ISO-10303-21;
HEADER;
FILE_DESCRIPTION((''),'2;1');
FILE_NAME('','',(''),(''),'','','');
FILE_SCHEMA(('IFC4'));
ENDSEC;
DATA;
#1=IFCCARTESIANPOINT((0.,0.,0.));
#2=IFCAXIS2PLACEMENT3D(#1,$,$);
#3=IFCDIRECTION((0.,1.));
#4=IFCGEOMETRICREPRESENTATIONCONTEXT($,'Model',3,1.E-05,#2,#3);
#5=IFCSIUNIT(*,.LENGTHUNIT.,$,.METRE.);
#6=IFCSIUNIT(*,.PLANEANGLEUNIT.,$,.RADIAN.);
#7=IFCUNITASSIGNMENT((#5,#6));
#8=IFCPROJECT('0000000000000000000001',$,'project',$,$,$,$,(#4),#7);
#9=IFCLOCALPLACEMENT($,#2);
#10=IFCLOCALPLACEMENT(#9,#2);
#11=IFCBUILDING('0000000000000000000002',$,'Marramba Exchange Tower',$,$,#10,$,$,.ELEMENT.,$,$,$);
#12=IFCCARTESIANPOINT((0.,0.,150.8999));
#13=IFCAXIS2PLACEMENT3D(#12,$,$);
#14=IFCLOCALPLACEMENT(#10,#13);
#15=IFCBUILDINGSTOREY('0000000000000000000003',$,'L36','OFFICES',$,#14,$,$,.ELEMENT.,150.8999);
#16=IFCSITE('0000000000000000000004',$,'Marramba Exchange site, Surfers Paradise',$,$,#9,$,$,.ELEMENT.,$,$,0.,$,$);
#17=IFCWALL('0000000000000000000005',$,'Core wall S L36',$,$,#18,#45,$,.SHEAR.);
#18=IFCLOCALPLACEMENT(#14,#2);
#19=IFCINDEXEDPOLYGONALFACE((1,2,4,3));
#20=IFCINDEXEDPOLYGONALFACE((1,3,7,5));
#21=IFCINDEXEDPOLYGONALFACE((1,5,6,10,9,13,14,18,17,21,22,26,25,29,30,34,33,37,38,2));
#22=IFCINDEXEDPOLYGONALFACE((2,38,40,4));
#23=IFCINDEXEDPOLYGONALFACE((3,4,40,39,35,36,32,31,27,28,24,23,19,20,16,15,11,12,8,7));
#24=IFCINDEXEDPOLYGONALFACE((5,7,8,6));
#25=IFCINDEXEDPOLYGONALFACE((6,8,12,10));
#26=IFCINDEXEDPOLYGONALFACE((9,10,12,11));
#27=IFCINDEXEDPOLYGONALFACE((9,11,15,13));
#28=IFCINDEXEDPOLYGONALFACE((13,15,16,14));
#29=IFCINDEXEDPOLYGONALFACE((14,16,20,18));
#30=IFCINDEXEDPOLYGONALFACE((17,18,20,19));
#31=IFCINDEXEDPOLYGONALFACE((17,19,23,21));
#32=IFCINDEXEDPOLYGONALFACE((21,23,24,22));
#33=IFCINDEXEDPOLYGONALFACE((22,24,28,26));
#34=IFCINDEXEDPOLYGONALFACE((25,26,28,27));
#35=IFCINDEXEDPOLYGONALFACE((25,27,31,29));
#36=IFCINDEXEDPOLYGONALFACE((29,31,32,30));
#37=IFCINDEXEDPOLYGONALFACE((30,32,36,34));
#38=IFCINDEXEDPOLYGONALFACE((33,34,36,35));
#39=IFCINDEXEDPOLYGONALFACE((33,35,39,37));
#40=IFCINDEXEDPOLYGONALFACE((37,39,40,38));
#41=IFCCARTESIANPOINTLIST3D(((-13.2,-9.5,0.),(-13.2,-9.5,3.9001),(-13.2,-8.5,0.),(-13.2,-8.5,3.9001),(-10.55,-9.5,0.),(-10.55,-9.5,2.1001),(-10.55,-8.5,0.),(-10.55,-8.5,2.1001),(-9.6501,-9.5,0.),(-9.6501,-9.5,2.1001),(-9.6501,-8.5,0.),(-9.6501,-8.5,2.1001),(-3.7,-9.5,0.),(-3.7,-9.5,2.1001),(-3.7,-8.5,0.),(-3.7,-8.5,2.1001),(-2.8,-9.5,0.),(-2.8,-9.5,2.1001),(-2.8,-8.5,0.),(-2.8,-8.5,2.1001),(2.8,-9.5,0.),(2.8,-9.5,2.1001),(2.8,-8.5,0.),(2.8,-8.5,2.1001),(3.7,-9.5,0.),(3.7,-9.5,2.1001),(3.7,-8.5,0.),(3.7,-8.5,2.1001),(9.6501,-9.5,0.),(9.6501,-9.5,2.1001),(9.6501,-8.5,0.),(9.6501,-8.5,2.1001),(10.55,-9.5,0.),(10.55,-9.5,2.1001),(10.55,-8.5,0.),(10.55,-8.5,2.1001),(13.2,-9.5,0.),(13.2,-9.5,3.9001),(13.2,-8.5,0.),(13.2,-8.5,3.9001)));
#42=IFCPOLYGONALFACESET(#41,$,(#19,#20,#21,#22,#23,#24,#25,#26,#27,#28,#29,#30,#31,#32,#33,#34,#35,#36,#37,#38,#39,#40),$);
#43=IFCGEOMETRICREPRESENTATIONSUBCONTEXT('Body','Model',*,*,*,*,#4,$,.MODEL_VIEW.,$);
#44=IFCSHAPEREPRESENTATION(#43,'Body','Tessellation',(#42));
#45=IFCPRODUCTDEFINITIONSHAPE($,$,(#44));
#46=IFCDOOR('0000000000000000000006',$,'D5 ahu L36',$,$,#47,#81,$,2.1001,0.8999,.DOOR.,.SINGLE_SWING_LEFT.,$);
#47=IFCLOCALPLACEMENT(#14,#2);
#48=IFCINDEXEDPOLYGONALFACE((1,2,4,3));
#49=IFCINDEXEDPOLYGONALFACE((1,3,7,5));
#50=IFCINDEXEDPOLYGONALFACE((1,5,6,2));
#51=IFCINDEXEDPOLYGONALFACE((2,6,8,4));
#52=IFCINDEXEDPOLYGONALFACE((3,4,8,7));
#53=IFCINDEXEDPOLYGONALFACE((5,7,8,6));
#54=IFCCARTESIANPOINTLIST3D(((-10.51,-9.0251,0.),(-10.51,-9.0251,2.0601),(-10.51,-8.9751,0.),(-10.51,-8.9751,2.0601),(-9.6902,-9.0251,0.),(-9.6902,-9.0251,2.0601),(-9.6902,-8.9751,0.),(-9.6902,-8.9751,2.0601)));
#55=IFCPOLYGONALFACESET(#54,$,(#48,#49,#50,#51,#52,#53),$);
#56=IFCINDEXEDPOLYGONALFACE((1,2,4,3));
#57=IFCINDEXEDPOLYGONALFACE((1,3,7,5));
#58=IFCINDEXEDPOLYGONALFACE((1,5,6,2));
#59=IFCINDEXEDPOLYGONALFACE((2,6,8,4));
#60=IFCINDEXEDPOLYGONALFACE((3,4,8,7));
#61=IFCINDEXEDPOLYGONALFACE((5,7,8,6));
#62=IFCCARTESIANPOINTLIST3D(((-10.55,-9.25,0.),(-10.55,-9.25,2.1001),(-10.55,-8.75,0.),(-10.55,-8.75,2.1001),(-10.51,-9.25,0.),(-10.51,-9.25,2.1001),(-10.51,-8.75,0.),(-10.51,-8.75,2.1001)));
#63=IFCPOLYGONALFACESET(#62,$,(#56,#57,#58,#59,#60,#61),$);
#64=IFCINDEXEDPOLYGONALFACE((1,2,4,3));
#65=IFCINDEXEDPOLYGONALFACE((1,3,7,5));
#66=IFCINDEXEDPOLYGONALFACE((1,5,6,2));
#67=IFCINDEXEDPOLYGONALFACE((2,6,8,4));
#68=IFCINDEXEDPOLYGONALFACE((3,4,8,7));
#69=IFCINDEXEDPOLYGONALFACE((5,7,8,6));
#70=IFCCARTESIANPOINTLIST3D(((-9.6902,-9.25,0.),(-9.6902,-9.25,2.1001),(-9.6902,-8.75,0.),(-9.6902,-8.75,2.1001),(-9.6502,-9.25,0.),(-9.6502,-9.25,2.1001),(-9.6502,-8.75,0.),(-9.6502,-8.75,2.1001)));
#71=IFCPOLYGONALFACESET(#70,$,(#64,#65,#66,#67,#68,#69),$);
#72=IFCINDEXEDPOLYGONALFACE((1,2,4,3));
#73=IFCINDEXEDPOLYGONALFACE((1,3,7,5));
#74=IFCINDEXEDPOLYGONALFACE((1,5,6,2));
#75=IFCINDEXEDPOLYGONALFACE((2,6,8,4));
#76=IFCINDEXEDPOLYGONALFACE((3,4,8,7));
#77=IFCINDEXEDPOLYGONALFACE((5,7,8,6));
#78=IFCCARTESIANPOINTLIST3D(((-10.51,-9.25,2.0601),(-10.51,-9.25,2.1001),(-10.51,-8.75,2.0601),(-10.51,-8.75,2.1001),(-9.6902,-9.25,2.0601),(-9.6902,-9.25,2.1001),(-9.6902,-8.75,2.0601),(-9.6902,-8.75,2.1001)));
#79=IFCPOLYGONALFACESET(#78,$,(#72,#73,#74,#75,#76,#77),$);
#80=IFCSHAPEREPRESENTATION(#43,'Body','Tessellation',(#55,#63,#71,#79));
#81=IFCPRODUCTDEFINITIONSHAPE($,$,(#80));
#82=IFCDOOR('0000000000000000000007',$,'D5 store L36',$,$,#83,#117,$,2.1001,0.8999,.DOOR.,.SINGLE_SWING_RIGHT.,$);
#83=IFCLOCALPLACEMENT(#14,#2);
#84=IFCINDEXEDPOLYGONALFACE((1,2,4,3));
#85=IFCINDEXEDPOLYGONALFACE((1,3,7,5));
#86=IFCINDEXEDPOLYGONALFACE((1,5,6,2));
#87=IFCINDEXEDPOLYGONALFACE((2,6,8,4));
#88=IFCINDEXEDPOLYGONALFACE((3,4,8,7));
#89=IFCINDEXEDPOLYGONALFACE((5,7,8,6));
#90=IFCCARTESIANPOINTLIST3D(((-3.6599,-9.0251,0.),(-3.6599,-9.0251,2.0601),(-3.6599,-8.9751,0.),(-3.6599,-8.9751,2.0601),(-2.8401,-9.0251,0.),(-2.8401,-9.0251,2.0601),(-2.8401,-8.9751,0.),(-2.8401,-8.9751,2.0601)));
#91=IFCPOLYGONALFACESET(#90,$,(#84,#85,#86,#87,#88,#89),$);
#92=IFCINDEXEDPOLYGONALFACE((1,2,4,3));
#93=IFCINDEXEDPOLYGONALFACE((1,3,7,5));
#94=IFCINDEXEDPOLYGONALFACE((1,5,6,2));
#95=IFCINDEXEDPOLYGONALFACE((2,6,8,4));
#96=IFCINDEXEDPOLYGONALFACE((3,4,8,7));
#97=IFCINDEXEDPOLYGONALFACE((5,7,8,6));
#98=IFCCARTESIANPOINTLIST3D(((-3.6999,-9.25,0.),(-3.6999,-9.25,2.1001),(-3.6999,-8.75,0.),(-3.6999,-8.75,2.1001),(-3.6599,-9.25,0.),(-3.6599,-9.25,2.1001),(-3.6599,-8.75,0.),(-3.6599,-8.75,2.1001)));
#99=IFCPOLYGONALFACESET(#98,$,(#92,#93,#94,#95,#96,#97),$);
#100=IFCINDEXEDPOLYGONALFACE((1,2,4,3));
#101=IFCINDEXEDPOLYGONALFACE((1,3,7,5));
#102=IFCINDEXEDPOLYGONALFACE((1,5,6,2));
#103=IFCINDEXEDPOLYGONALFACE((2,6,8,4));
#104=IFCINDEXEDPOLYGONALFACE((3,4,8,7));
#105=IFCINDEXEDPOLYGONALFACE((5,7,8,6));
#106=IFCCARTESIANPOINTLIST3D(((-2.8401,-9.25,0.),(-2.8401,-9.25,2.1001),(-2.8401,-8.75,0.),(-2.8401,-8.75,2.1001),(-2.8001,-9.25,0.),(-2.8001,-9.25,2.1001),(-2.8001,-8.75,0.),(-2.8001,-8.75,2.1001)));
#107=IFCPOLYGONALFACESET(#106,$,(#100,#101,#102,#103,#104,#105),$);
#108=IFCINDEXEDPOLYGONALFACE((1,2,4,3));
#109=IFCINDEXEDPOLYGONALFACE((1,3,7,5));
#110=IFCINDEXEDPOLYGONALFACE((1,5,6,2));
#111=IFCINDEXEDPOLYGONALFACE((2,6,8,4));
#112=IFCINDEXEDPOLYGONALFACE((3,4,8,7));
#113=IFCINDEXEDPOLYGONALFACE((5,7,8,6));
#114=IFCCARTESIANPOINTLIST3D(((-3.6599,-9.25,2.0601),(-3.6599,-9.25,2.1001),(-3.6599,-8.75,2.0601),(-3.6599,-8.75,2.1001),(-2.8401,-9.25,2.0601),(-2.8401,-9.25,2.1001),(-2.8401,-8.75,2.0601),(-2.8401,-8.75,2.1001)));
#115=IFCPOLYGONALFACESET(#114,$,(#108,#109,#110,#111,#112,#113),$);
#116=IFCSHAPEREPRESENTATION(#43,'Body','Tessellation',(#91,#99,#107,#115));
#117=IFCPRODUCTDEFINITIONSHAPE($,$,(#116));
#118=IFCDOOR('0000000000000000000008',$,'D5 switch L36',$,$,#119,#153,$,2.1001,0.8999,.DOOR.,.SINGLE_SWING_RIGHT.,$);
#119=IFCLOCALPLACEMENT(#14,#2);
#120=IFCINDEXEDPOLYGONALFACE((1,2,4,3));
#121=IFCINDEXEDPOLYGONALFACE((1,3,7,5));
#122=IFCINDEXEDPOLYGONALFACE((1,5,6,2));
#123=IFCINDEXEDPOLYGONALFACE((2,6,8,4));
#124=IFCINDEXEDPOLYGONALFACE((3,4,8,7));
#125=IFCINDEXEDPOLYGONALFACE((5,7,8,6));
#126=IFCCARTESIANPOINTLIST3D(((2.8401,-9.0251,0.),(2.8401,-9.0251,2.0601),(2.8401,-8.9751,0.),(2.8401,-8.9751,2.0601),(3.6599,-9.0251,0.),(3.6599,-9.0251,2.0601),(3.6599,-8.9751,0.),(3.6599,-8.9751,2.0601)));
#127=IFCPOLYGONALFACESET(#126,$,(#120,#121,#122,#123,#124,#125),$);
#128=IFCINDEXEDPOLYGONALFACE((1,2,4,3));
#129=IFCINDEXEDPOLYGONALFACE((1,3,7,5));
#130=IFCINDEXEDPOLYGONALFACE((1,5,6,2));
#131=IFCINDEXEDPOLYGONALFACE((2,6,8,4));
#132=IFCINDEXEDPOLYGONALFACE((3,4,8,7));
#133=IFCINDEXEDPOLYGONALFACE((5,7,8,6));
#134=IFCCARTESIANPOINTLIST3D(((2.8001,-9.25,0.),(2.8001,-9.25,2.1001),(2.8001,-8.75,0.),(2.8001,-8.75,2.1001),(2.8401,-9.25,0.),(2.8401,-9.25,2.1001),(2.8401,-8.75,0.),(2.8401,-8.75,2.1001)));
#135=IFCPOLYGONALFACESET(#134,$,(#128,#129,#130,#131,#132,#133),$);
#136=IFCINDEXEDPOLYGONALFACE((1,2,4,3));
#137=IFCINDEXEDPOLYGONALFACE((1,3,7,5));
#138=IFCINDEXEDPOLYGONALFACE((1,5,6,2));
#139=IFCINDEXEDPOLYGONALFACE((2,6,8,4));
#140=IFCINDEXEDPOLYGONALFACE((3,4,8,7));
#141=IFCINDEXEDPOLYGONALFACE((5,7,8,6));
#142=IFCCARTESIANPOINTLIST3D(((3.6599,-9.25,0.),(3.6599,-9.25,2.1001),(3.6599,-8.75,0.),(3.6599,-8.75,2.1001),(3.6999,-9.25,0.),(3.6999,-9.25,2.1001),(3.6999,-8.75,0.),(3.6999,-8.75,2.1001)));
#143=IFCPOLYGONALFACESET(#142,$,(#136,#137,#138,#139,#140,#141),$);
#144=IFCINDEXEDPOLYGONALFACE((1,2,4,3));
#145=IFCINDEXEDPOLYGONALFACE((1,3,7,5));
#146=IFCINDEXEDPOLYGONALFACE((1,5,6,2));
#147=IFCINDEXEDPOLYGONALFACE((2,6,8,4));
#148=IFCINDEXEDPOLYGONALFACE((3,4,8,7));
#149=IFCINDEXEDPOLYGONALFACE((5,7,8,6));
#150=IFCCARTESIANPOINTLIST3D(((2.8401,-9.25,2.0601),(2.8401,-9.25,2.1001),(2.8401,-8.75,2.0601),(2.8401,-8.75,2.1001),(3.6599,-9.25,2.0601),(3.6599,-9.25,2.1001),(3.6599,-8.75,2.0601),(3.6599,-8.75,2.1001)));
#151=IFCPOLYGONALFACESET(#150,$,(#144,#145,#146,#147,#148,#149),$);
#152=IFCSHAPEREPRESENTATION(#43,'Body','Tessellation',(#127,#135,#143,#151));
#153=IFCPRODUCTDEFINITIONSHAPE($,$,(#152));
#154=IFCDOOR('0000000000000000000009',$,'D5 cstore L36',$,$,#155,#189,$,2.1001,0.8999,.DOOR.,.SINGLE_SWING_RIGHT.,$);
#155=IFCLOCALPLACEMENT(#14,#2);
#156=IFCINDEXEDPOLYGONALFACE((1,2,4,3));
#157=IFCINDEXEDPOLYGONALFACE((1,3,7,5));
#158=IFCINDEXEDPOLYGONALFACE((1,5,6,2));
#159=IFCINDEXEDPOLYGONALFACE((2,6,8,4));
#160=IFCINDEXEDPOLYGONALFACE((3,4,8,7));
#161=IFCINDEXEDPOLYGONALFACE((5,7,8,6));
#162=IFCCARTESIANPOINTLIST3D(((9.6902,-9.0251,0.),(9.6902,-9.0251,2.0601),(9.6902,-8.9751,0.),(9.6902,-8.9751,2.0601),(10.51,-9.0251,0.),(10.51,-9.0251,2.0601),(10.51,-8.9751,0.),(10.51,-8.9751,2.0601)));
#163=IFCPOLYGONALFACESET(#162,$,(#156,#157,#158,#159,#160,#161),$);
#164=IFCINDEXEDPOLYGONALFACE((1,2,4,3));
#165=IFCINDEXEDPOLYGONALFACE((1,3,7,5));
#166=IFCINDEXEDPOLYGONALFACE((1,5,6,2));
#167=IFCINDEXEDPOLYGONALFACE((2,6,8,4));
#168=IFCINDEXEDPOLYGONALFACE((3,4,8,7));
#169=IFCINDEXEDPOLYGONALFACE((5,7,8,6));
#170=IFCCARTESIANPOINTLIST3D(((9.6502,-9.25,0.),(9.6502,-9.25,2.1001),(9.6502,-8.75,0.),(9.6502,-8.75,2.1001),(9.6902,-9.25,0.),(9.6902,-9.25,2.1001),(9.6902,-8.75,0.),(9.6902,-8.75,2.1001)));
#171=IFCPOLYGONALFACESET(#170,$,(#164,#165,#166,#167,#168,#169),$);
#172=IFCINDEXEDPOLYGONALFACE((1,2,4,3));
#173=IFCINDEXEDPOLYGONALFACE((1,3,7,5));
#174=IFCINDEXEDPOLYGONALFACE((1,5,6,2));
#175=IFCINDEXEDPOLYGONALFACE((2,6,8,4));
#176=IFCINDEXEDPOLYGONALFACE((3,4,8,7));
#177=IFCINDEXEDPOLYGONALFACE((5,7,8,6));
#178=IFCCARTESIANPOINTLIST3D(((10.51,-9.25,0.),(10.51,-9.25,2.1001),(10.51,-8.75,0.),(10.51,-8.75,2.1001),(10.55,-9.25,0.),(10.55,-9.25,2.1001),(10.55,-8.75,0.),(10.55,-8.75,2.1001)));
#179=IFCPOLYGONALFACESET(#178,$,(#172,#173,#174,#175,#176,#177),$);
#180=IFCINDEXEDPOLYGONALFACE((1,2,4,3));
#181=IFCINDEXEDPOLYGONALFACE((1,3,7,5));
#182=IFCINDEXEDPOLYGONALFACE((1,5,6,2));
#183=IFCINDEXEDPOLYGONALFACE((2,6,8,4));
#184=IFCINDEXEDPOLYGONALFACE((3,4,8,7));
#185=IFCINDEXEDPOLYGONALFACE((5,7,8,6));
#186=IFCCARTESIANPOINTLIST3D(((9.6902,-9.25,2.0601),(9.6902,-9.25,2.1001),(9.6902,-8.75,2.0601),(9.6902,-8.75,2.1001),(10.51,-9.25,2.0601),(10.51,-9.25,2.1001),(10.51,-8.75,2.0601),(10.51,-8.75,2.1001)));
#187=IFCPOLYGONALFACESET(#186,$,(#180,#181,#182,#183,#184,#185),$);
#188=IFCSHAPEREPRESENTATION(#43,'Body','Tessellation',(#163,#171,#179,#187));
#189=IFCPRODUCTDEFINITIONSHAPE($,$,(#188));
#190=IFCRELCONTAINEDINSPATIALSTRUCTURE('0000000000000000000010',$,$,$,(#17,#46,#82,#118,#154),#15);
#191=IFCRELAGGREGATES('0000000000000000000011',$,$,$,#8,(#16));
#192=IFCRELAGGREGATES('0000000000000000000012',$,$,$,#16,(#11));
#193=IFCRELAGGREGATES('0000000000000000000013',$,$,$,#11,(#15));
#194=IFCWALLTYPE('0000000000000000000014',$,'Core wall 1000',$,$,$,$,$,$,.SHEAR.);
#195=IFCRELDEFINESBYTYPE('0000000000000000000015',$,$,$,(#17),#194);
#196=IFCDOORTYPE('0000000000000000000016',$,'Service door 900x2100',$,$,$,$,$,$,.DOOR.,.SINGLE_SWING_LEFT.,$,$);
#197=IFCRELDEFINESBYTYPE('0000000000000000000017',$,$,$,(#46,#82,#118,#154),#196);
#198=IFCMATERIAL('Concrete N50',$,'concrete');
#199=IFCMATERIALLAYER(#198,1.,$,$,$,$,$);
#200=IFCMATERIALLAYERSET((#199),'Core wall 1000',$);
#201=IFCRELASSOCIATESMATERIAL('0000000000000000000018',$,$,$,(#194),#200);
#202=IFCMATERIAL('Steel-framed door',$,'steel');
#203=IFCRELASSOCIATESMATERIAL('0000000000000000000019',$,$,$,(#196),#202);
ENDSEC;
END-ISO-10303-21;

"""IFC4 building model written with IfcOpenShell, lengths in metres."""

from ifc_helpers import new_model, si_unit, direction, frame, frame_2d, origin, place, context, subcontext, project, spatial, rectangle, extrude, material, layer, layer_set, type_object, element, fill, save


model = new_model("IFC4")

# Units and contexts
model_context = context("Model", 3, precision=1e-05, world=origin(), true_north=direction((0.0, 1.0)))
body_context = subcontext(model_context, "Body", "Model", "MODEL_VIEW")
ifc_project = project(units=[si_unit("LENGTHUNIT", "METRE"), si_unit("PLANEANGLEUNIT", "RADIAN")], contexts=[model_context])

# Site, building, storey
site_placement = place(None, origin())
site = spatial("IfcSite", under=ifc_project, at=site_placement, Name="Marramba Exchange site, Surfers Paradise", CompositionType="ELEMENT", RefElevation=0.0)
building_placement = place(site_placement, origin())
building = spatial("IfcBuilding", under=site, at=building_placement, Name="Marramba Exchange Tower", CompositionType="ELEMENT")
storey_placement = place(building_placement, frame((0.0, 0.0, 150.8999)))
storey = spatial("IfcBuildingStorey", under=building, at=storey_placement, Name="L36", Description="OFFICES", CompositionType="ELEMENT", Elevation=150.8999)

# Shared definitions
ifc_material_1 = material(Name="Concrete N50", Category="concrete")

# Wall, openings, doors
ifc_layer_1 = layer(ifc_material_1, 1.0)
ifc_layer_set_1 = layer_set([ifc_layer_1], Name="Core wall 1000")
wall_type_1 = type_object("IfcWallType", Name="Core wall 1000", PredefinedType="SHEAR", material=ifc_layer_set_1)
wall_1_placement = place(storey_placement, frame((-13.2, -9.0, 0.0), z_axis=(0.0, 0.0, 1.0), x_axis=(1.0, 0.0, 0.0)))
wall_1 = element("IfcWall", 1, at=wall_1_placement, inside=storey, type_object=wall_type_1, Name="Core wall S L36", PredefinedType="SHEAR", context=body_context, shape_type="SweptSolid", body=[
    extrude(rectangle(XDim=26.3999, YDim=1.0, at=frame_2d((13.2, 0.0))), origin(), (0.0, 0.0, 1.0), 3.9001),
])
opening_1_placement = place(wall_1_placement, frame((2.6499, 0.0, 0.0)))
opening_1 = element("IfcOpeningElement", 2, at=opening_1_placement, cuts=wall_1, PredefinedType="OPENING", context=body_context, shape_type="SweptSolid", body=[
    extrude(rectangle(XDim=0.8999, YDim=2.1001, at=frame_2d((0.45, 1.05))), frame((0.0, 0.51, 0.0), z_axis=(0.0, -1.0, 0.0), x_axis=(1.0, 0.0, 0.0)), (0.0, 0.0, 1.0), 1.02),
])
opening_2_placement = place(wall_1_placement, frame((9.5, 0.0, 0.0)))
opening_2 = element("IfcOpeningElement", 3, at=opening_2_placement, cuts=wall_1, PredefinedType="OPENING", context=body_context, shape_type="SweptSolid", body=[
    extrude(rectangle(XDim=0.8999, YDim=2.1001, at=frame_2d((0.45, 1.05))), frame((0.0, 0.51, 0.0), z_axis=(0.0, -1.0, 0.0), x_axis=(1.0, 0.0, 0.0)), (0.0, 0.0, 1.0), 1.02),
])
opening_3_placement = place(wall_1_placement, frame((16.0, 0.0, 0.0)))
opening_3 = element("IfcOpeningElement", 4, at=opening_3_placement, cuts=wall_1, PredefinedType="OPENING", context=body_context, shape_type="SweptSolid", body=[
    extrude(rectangle(XDim=0.8999, YDim=2.1001, at=frame_2d((0.45, 1.05))), frame((0.0, 0.51, 0.0), z_axis=(0.0, -1.0, 0.0), x_axis=(1.0, 0.0, 0.0)), (0.0, 0.0, 1.0), 1.02),
])
opening_4_placement = place(wall_1_placement, frame((22.8501, 0.0, 0.0)))
opening_4 = element("IfcOpeningElement", 5, at=opening_4_placement, cuts=wall_1, PredefinedType="OPENING", context=body_context, shape_type="SweptSolid", body=[
    extrude(rectangle(XDim=0.8999, YDim=2.1001, at=frame_2d((0.45, 1.05))), frame((0.0, 0.51, 0.0), z_axis=(0.0, -1.0, 0.0), x_axis=(1.0, 0.0, 0.0)), (0.0, 0.0, 1.0), 1.02),
])
ifc_material_2 = material(Name="Steel-framed door", Category="steel")
door_type_1 = type_object("IfcDoorType", Name="Service door 900x2100", OperationType="SINGLE_SWING_LEFT", PredefinedType="DOOR", material=ifc_material_2)
door_1_placement = place(opening_1_placement, origin())
door_1 = element("IfcDoor", 6, at=door_1_placement, inside=storey, type_object=door_type_1, Name="D5 ahu L36", OperationType="SINGLE_SWING_LEFT", OverallHeight=2.1001, OverallWidth=0.8999, PredefinedType="DOOR", context=body_context, shape_type="SweptSolid", body=[
    extrude(rectangle(XDim=0.8198, YDim=2.0601, at=frame_2d((0.45, 1.03))), frame((0.0, 0.0249, 0.0), z_axis=(0.0, -1.0, 0.0), x_axis=(1.0, 0.0, 0.0)), (0.0, 0.0, 1.0), 0.05),
    extrude(rectangle(XDim=0.04, YDim=2.1001, at=frame_2d((0.02, 1.05))), frame((0.0, 0.25, 0.0), z_axis=(0.0, -1.0, 0.0), x_axis=(1.0, 0.0, 0.0)), (0.0, 0.0, 1.0), 0.5),
    extrude(rectangle(XDim=0.04, YDim=2.1001, at=frame_2d((0.8799, 1.05))), frame((0.0, 0.25, 0.0), z_axis=(0.0, -1.0, 0.0), x_axis=(1.0, 0.0, 0.0)), (0.0, 0.0, 1.0), 0.5),
    extrude(rectangle(XDim=0.8198, YDim=0.04, at=frame_2d((0.45, 2.0801))), frame((0.0, 0.25, 0.0), z_axis=(0.0, -1.0, 0.0), x_axis=(1.0, 0.0, 0.0)), (0.0, 0.0, 1.0), 0.5),
])
fill(opening_1, door_1)
door_2_placement = place(opening_2_placement, origin())
door_2 = element("IfcDoor", 7, at=door_2_placement, inside=storey, type_object=door_type_1, Name="D5 store L36", OperationType="SINGLE_SWING_RIGHT", OverallHeight=2.1001, OverallWidth=0.8999, PredefinedType="DOOR", context=body_context, shape_type="SweptSolid", body=[
    extrude(rectangle(XDim=0.8198, YDim=2.0601, at=frame_2d((0.45, 1.03))), frame((0.0, 0.0249, 0.0), z_axis=(0.0, -1.0, 0.0), x_axis=(1.0, 0.0, 0.0)), (0.0, 0.0, 1.0), 0.05),
    extrude(rectangle(XDim=0.04, YDim=2.1001, at=frame_2d((0.02, 1.05))), frame((0.0, 0.25, 0.0), z_axis=(0.0, -1.0, 0.0), x_axis=(1.0, 0.0, 0.0)), (0.0, 0.0, 1.0), 0.5),
    extrude(rectangle(XDim=0.04, YDim=2.1001, at=frame_2d((0.8799, 1.05))), frame((0.0, 0.25, 0.0), z_axis=(0.0, -1.0, 0.0), x_axis=(1.0, 0.0, 0.0)), (0.0, 0.0, 1.0), 0.5),
    extrude(rectangle(XDim=0.8198, YDim=0.04, at=frame_2d((0.45, 2.0801))), frame((0.0, 0.25, 0.0), z_axis=(0.0, -1.0, 0.0), x_axis=(1.0, 0.0, 0.0)), (0.0, 0.0, 1.0), 0.5),
])
fill(opening_2, door_2)
door_3_placement = place(opening_3_placement, origin())
door_3 = element("IfcDoor", 8, at=door_3_placement, inside=storey, type_object=door_type_1, Name="D5 switch L36", OperationType="SINGLE_SWING_RIGHT", OverallHeight=2.1001, OverallWidth=0.8999, PredefinedType="DOOR", context=body_context, shape_type="SweptSolid", body=[
    extrude(rectangle(XDim=0.8198, YDim=2.0601, at=frame_2d((0.45, 1.03))), frame((0.0, 0.0249, 0.0), z_axis=(0.0, -1.0, 0.0), x_axis=(1.0, 0.0, 0.0)), (0.0, 0.0, 1.0), 0.05),
    extrude(rectangle(XDim=0.04, YDim=2.1001, at=frame_2d((0.02, 1.05))), frame((0.0, 0.25, 0.0), z_axis=(0.0, -1.0, 0.0), x_axis=(1.0, 0.0, 0.0)), (0.0, 0.0, 1.0), 0.5),
    extrude(rectangle(XDim=0.04, YDim=2.1001, at=frame_2d((0.8799, 1.05))), frame((0.0, 0.25, 0.0), z_axis=(0.0, -1.0, 0.0), x_axis=(1.0, 0.0, 0.0)), (0.0, 0.0, 1.0), 0.5),
    extrude(rectangle(XDim=0.8198, YDim=0.04, at=frame_2d((0.45, 2.0801))), frame((0.0, 0.25, 0.0), z_axis=(0.0, -1.0, 0.0), x_axis=(1.0, 0.0, 0.0)), (0.0, 0.0, 1.0), 0.5),
])
fill(opening_3, door_3)
door_4_placement = place(opening_4_placement, origin())
door_4 = element("IfcDoor", 9, at=door_4_placement, inside=storey, type_object=door_type_1, Name="D5 cstore L36", OperationType="SINGLE_SWING_RIGHT", OverallHeight=2.1001, OverallWidth=0.8999, PredefinedType="DOOR", context=body_context, shape_type="SweptSolid", body=[
    extrude(rectangle(XDim=0.8198, YDim=2.0601, at=frame_2d((0.45, 1.03))), frame((0.0, 0.0249, 0.0), z_axis=(0.0, -1.0, 0.0), x_axis=(1.0, 0.0, 0.0)), (0.0, 0.0, 1.0), 0.05),
    extrude(rectangle(XDim=0.04, YDim=2.1001, at=frame_2d((0.02, 1.05))), frame((0.0, 0.25, 0.0), z_axis=(0.0, -1.0, 0.0), x_axis=(1.0, 0.0, 0.0)), (0.0, 0.0, 1.0), 0.5),
    extrude(rectangle(XDim=0.04, YDim=2.1001, at=frame_2d((0.8799, 1.05))), frame((0.0, 0.25, 0.0), z_axis=(0.0, -1.0, 0.0), x_axis=(1.0, 0.0, 0.0)), (0.0, 0.0, 1.0), 0.5),
    extrude(rectangle(XDim=0.8198, YDim=0.04, at=frame_2d((0.45, 2.0801))), frame((0.0, 0.25, 0.0), z_axis=(0.0, -1.0, 0.0), x_axis=(1.0, 0.0, 0.0)), (0.0, 0.0, 1.0), 0.5),
])
fill(opening_4, door_4)

save(model, "model.ifc")
